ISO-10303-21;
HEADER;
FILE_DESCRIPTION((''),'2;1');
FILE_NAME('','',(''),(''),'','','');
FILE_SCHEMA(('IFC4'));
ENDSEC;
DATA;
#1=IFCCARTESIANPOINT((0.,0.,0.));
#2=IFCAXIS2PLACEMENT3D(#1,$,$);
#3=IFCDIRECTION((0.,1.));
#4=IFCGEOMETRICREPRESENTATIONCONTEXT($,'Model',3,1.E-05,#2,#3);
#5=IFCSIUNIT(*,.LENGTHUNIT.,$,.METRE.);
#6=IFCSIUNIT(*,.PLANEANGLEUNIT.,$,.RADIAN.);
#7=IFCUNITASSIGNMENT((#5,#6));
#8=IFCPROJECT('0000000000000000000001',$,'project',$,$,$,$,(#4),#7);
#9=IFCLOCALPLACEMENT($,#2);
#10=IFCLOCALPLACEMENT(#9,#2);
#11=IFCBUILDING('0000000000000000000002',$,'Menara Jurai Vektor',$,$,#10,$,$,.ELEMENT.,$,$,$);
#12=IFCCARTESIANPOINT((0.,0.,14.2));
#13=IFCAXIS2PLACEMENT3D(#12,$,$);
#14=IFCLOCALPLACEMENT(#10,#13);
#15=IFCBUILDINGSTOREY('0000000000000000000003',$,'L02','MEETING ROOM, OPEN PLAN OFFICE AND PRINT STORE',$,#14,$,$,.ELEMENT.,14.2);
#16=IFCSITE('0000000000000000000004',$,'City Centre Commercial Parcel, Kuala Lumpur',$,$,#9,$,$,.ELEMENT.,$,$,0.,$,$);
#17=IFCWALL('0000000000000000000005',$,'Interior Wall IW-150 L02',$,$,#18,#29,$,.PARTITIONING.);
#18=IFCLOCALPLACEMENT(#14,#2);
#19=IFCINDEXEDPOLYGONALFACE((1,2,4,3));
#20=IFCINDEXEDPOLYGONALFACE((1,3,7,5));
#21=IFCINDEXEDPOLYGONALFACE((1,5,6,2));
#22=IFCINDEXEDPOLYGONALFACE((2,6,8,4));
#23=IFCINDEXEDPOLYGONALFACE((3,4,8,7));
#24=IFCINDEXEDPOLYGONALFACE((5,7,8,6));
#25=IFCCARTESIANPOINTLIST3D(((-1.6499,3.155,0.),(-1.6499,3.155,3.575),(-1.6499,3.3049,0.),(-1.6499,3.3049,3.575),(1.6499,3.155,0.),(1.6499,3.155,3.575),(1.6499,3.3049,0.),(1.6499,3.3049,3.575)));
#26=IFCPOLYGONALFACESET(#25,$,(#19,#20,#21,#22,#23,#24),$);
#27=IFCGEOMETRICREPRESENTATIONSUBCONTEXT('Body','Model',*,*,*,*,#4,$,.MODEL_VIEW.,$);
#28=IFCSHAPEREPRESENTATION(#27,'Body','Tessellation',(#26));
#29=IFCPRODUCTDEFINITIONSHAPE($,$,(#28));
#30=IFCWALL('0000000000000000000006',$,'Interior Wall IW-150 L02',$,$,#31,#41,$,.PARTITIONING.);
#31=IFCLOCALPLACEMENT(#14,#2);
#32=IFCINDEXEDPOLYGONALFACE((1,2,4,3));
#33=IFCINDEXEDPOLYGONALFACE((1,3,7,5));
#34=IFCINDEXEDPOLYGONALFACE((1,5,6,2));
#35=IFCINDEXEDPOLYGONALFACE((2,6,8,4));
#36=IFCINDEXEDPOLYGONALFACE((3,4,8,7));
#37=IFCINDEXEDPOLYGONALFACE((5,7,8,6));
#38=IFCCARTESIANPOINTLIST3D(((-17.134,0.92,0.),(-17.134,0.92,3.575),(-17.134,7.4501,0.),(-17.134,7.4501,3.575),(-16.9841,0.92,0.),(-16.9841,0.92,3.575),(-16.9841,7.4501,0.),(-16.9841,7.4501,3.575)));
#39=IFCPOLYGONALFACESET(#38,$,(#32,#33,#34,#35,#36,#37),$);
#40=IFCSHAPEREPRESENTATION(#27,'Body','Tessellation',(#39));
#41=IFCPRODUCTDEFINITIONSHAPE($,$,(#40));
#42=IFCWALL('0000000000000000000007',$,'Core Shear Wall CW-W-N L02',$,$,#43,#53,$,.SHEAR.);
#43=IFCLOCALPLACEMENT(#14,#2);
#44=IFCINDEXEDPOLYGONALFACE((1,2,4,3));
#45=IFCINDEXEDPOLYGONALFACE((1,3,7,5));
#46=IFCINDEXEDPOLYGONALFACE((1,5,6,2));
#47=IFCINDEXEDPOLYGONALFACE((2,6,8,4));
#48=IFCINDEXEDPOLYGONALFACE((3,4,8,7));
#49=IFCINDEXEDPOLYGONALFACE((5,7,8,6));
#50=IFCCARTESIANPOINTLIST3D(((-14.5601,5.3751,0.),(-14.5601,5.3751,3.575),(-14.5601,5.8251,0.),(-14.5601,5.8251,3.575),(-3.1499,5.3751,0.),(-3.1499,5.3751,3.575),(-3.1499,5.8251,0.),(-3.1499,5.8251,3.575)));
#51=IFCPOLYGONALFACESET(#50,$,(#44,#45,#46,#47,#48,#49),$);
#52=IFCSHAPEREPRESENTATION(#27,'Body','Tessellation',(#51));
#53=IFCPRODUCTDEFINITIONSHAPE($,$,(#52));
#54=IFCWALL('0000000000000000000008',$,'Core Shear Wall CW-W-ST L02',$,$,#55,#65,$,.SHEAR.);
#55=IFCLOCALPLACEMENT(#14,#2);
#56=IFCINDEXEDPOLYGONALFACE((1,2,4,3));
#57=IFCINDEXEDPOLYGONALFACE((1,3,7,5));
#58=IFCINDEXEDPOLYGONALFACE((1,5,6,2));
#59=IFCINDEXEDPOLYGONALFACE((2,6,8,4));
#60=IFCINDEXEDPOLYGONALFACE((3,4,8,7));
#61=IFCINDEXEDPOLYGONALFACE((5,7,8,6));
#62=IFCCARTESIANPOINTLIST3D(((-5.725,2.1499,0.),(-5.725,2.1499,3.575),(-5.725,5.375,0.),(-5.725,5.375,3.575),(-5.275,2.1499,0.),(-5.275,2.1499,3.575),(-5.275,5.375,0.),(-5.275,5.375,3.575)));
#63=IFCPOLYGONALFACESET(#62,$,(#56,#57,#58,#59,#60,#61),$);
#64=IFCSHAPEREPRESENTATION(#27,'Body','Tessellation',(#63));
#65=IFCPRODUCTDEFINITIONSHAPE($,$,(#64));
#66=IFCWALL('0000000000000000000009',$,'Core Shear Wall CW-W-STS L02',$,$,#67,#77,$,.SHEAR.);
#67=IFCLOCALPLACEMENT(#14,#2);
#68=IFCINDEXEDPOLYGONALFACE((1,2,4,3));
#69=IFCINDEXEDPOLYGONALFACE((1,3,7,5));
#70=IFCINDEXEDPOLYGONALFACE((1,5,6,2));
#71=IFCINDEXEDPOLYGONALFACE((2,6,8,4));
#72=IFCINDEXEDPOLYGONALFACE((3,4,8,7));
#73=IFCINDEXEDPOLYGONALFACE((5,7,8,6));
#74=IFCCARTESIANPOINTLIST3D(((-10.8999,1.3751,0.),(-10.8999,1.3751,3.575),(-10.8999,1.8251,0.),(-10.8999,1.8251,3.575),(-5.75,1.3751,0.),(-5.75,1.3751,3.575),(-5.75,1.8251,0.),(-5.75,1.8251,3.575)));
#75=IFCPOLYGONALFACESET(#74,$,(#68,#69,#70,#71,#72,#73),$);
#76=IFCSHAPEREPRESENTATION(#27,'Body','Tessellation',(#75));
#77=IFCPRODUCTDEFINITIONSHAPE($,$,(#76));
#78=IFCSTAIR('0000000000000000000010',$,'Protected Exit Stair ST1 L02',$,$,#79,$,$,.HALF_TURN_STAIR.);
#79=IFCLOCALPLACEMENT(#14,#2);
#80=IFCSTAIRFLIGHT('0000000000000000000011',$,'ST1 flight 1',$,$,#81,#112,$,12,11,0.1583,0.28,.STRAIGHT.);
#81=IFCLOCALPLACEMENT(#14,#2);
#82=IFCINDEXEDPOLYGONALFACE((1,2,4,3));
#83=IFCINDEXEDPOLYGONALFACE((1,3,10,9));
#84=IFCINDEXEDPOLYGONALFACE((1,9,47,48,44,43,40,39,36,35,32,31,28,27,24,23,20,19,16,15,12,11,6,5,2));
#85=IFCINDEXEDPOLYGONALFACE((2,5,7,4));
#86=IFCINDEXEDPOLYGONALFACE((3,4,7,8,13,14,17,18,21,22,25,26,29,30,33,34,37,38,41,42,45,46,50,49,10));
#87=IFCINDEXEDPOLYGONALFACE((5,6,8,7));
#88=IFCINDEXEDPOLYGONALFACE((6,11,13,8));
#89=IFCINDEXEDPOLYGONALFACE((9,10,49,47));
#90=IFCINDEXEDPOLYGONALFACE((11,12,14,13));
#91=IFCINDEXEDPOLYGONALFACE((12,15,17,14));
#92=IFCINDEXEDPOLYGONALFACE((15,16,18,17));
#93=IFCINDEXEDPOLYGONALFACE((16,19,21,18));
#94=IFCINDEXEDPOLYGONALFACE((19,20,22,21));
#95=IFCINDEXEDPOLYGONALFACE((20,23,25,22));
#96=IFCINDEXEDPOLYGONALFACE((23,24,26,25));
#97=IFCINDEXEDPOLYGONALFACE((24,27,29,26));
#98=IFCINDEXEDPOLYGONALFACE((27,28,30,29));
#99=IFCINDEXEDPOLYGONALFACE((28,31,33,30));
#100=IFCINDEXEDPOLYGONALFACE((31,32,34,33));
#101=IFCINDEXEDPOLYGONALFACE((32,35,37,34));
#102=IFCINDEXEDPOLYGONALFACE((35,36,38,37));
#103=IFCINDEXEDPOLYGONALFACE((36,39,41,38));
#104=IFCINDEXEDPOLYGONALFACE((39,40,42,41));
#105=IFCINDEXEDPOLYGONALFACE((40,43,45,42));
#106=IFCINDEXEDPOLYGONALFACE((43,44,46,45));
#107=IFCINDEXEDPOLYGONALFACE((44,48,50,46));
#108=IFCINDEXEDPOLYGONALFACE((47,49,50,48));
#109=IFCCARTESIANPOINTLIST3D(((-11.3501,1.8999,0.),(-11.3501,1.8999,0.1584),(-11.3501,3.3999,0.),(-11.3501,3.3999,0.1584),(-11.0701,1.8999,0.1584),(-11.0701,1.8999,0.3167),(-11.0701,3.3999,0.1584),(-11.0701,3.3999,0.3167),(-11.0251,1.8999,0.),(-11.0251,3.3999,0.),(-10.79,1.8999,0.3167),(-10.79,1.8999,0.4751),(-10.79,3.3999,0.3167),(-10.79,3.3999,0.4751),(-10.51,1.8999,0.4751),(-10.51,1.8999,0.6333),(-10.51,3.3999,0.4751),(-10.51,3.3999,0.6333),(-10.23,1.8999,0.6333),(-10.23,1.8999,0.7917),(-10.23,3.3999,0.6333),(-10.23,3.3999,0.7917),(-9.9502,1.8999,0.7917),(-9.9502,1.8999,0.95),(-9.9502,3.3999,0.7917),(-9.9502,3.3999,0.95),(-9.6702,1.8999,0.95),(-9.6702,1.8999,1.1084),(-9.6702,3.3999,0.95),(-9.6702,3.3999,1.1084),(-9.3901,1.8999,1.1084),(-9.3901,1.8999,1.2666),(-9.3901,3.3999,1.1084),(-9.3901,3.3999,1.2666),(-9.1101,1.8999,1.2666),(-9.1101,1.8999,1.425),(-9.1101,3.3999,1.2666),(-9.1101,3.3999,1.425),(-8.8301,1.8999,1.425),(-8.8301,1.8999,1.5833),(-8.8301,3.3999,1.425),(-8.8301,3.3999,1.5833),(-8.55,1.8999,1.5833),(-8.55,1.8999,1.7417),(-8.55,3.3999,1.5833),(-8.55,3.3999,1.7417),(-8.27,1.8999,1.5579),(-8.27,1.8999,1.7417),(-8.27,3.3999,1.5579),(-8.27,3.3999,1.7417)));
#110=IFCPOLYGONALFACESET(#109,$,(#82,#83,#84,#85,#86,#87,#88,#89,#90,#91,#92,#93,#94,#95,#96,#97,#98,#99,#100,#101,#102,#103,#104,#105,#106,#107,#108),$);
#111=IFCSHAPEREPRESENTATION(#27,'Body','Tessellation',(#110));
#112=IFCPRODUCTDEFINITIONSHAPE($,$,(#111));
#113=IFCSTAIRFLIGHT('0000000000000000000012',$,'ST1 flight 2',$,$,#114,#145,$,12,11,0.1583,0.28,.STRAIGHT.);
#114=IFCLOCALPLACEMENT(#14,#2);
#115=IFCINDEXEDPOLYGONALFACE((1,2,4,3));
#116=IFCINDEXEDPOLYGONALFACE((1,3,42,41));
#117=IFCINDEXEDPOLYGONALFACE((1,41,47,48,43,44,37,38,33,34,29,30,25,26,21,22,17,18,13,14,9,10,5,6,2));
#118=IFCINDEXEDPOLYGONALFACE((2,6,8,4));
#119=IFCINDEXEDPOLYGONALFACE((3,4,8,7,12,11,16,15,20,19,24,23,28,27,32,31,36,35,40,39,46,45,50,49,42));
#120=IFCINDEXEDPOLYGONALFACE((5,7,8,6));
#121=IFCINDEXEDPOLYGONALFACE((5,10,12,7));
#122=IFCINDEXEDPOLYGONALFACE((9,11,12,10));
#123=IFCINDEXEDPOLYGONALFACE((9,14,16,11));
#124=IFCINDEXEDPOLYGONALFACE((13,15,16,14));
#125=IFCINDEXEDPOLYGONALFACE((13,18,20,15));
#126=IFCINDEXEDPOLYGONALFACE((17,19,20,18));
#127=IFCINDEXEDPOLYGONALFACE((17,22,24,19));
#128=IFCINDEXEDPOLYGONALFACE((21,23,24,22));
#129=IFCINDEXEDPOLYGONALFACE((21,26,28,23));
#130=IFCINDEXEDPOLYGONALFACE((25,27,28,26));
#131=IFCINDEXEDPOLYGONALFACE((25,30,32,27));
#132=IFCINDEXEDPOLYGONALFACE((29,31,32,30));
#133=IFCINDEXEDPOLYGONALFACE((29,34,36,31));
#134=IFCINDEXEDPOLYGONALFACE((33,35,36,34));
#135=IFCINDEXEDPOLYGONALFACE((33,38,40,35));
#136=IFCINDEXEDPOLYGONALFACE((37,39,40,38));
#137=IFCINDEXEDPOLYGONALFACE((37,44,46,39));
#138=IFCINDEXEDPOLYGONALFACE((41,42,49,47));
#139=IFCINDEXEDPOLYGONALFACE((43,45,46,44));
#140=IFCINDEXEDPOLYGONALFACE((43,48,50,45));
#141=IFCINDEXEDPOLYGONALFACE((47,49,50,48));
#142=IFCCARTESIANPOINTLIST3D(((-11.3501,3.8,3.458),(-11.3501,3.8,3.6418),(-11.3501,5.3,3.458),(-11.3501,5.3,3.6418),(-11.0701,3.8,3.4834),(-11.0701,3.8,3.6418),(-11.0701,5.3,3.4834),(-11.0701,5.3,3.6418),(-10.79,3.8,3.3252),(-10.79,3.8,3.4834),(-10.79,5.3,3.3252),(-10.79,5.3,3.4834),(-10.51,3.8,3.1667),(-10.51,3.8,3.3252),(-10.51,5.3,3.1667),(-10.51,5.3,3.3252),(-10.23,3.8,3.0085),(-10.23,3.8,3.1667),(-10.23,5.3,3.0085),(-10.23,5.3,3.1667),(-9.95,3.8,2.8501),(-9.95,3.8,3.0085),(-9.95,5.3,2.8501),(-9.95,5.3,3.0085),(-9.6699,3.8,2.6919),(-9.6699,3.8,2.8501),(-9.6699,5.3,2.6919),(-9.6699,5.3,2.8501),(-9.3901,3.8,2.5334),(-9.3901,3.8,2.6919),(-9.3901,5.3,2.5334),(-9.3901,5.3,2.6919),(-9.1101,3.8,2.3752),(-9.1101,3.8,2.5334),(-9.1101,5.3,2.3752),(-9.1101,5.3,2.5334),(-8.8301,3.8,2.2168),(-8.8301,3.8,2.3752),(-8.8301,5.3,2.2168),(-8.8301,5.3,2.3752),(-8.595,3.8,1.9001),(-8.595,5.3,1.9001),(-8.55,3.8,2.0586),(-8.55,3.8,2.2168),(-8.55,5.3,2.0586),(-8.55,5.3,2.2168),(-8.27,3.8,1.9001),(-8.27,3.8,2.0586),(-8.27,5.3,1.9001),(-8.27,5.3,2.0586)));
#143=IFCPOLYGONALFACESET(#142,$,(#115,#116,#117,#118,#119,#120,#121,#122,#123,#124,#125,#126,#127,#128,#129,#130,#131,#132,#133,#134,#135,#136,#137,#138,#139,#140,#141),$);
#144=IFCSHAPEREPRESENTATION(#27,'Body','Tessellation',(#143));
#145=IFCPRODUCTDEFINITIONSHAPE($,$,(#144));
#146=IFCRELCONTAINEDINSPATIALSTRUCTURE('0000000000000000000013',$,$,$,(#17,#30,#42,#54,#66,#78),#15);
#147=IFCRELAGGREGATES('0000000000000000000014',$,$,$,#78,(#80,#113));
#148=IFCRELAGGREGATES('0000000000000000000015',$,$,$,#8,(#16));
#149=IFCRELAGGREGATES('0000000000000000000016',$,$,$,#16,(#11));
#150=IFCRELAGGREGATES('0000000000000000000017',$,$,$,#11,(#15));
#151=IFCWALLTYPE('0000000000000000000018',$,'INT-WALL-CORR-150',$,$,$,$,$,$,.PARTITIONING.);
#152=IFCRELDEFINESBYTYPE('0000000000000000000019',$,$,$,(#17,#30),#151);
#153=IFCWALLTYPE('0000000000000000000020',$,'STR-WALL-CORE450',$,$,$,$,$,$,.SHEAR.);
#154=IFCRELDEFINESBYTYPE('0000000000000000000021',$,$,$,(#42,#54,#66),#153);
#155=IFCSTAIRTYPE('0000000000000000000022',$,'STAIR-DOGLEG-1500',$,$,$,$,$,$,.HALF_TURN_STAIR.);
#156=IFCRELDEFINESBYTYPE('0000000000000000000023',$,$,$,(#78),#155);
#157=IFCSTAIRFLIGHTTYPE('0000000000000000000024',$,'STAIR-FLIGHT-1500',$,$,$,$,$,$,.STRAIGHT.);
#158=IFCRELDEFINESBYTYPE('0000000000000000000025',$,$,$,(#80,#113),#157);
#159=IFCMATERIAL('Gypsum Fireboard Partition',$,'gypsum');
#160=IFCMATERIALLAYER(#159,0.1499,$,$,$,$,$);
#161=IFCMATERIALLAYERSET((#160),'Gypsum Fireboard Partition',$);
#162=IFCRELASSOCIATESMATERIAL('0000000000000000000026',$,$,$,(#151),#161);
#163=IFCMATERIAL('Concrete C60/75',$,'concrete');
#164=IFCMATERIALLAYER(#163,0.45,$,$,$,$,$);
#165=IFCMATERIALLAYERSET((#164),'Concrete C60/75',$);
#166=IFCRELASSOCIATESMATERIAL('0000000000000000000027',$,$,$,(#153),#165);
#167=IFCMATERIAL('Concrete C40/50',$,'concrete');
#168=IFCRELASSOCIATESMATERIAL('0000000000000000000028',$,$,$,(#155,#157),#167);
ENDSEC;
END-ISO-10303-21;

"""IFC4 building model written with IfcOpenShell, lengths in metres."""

from ifc_helpers import new_model, si_unit, direction, frame, frame_2d, origin, place, context, subcontext, project, spatial, polyline, rectangle, outline, extrude, material, layer, layer_set, type_object, element, aggregate, save


model = new_model("IFC4")

# Units and contexts
model_context = context("Model", 3, precision=1e-05, world=origin(), true_north=direction((0.0, 1.0)))
body_context = subcontext(model_context, "Body", "Model", "MODEL_VIEW")
ifc_project = project(units=[si_unit("LENGTHUNIT", "METRE"), si_unit("PLANEANGLEUNIT", "RADIAN")], contexts=[model_context])

# Site, building, storey
site_placement = place(None, origin())
site = spatial("IfcSite", under=ifc_project, at=site_placement, Name="City Centre Commercial Parcel, Kuala Lumpur", CompositionType="ELEMENT", RefElevation=0.0)
building_placement = place(site_placement, origin())
building = spatial("IfcBuilding", under=site, at=building_placement, Name="Menara Jurai Vektor", CompositionType="ELEMENT")
storey_placement = place(building_placement, frame((0.0, 0.0, 14.2)))
storey = spatial("IfcBuildingStorey", under=building, at=storey_placement, Name="L02", Description="MEETING ROOM, OPEN PLAN OFFICE AND PRINT STORE", CompositionType="ELEMENT", Elevation=14.2)

# Shared definitions
ifc_material_1 = material(Name="Concrete C60/75", Category="concrete")

# Shared definitions
ifc_material_2 = material(Name="Concrete C40/50", Category="concrete")

# Walls
ifc_material_3 = material(Name="Gypsum Fireboard Partition", Category="gypsum")
ifc_layer_1 = layer(ifc_material_3, 0.1499)
ifc_layer_set_1 = layer_set([ifc_layer_1], Name="Gypsum Fireboard Partition")
wall_type_1 = type_object("IfcWallType", Name="INT-WALL-CORR-150", PredefinedType="PARTITIONING", material=ifc_layer_set_1)
wall_1_placement = place(storey_placement, frame((-1.6499, 3.23, 0.0), z_axis=(0.0, 0.0, 1.0), x_axis=(1.0, 0.0, 0.0)))
element("IfcWall", 1, at=wall_1_placement, inside=storey, type_object=wall_type_1, Name="Interior Wall IW-150 L02", PredefinedType="PARTITIONING", context=body_context, shape_type="SweptSolid", body=[
    extrude(rectangle(XDim=3.2998, YDim=0.1499, at=frame_2d((1.6499, 0.0))), origin(), (0.0, 0.0, 1.0), 3.575),
])
wall_2_placement = place(storey_placement, frame((-17.0591, 0.9199, 0.0), z_axis=(0.0, 0.0, 1.0), x_axis=(0.0, 1.0, 0.0)))
element("IfcWall", 2, at=wall_2_placement, inside=storey, type_object=wall_type_1, Name="Interior Wall IW-150 L02", PredefinedType="PARTITIONING", context=body_context, shape_type="SweptSolid", body=[
    extrude(rectangle(XDim=6.53, YDim=0.1499, at=frame_2d((3.2651, 0.0))), origin(), (0.0, 0.0, 1.0), 3.575),
])
ifc_layer_2 = layer(ifc_material_1, 0.45)
ifc_layer_set_2 = layer_set([ifc_layer_2], Name="Concrete C60/75")
wall_type_2 = type_object("IfcWallType", Name="STR-WALL-CORE450", PredefinedType="SHEAR", material=ifc_layer_set_2)
wall_3_placement = place(storey_placement, frame((-14.5601, 5.6001, 0.0), z_axis=(0.0, 0.0, 1.0), x_axis=(1.0, 0.0, 0.0)))
element("IfcWall", 3, at=wall_3_placement, inside=storey, type_object=wall_type_2, Name="Core Shear Wall CW-W-N L02", PredefinedType="SHEAR", context=body_context, shape_type="SweptSolid", body=[
    extrude(rectangle(XDim=11.4102, YDim=0.45, at=frame_2d((5.7051, 0.0))), origin(), (0.0, 0.0, 1.0), 3.575),
])
wall_4_placement = place(storey_placement, frame((-5.5, 2.1499, 0.0), z_axis=(0.0, 0.0, 1.0), x_axis=(0.0, 1.0, 0.0)))
element("IfcWall", 4, at=wall_4_placement, inside=storey, type_object=wall_type_2, Name="Core Shear Wall CW-W-ST L02", PredefinedType="SHEAR", context=body_context, shape_type="SweptSolid", body=[
    extrude(rectangle(XDim=3.2251, YDim=0.45, at=frame_2d((1.6125, 0.0))), origin(), (0.0, 0.0, 1.0), 3.575),
])
wall_5_placement = place(storey_placement, frame((-10.8999, 1.6001, 0.0), z_axis=(0.0, 0.0, 1.0), x_axis=(1.0, 0.0, 0.0)))
element("IfcWall", 5, at=wall_5_placement, inside=storey, type_object=wall_type_2, Name="Core Shear Wall CW-W-STS L02", PredefinedType="SHEAR", context=body_context, shape_type="SweptSolid", body=[
    extrude(rectangle(XDim=5.1499, YDim=0.45, at=frame_2d((2.575, 0.0))), origin(), (0.0, 0.0, 1.0), 3.575),
])

# Stair, stair flights
stair_type = type_object("IfcStairType", Name="STAIR-DOGLEG-1500", PredefinedType="HALF_TURN_STAIR", material=ifc_material_2)
stair_placement = place(storey_placement, origin())
stair = element("IfcStair", 6, at=stair_placement, inside=storey, type_object=stair_type, Name="Protected Exit Stair ST1 L02", PredefinedType="HALF_TURN_STAIR")
stair_flight_type = type_object("IfcStairFlightType", Name="STAIR-FLIGHT-1500", PredefinedType="STRAIGHT", material=ifc_material_2)
stair_flight_1_placement = place(storey_placement, frame((-11.3501, 2.6499, 0.0), z_axis=(0.0, 0.0, 1.0), x_axis=(1.0, 0.0, 0.0)))
stair_flight_1 = element("IfcStairFlight", 7, at=stair_flight_1_placement, type_object=stair_flight_type, Name="ST1 flight 1", NumberOfRisers=12, NumberOfTreads=11, PredefinedType="STRAIGHT", RiserHeight=0.1583, TreadLength=0.28, context=body_context, shape_type="SweptSolid", body=[
    extrude(outline(polyline([(0.0, 0.0), (0.0, 0.1584), (0.28, 0.1584), (0.28, 0.3167), (0.5601, 0.3167), (0.5601, 0.4751), (0.8401, 0.4751), (0.8401, 0.6333), (1.1201, 0.6333), (1.1201, 0.7917), (1.3999, 0.7917), (1.3999, 0.95), (1.6799, 0.95), (1.6799, 1.1084), (1.96, 1.1084), (1.96, 1.2666), (2.24, 1.2666), (2.24, 1.425), (2.52, 1.425), (2.52, 1.5833), (2.8, 1.5833), (2.8, 1.7417), (3.0801, 1.7417), (3.0801, 1.8999), (3.0801, 1.5579), (0.325, 0.0), (0.0, 0.0)])), frame((0.0, 0.75, 0.0), z_axis=(0.0, -1.0, 0.0), x_axis=(1.0, 0.0, 0.0)), (0.0, 0.0, 1.0), 1.5),
])
stair_flight_2_placement = place(storey_placement, frame((-8.27, 4.55, 1.9001), z_axis=(0.0, 0.0, 1.0), x_axis=(-1.0, 0.0, 0.0)))
stair_flight_2 = element("IfcStairFlight", 8, at=stair_flight_2_placement, type_object=stair_flight_type, Name="ST1 flight 2", NumberOfRisers=12, NumberOfTreads=11, PredefinedType="STRAIGHT", RiserHeight=0.1583, TreadLength=0.28, context=body_context, shape_type="SweptSolid", body=[
    extrude(outline(polyline([(0.0, 0.0), (0.0, 0.1584), (0.28, 0.1584), (0.28, 0.3167), (0.5601, 0.3167), (0.5601, 0.4751), (0.8401, 0.4751), (0.8401, 0.6333), (1.1201, 0.6333), (1.1201, 0.7917), (1.3999, 0.7917), (1.3999, 0.95), (1.6799, 0.95), (1.6799, 1.1084), (1.96, 1.1084), (1.96, 1.2666), (2.24, 1.2666), (2.24, 1.425), (2.52, 1.425), (2.52, 1.5833), (2.8, 1.5833), (2.8, 1.7417), (3.0801, 1.7417), (3.0801, 1.8999), (3.0801, 1.5579), (0.325, 0.0), (0.0, 0.0)])), frame((0.0, 0.75, 0.0), z_axis=(0.0, -1.0, 0.0), x_axis=(1.0, 0.0, 0.0)), (0.0, 0.0, 1.0), 1.5),
])
aggregate(stair, [stair_flight_1, stair_flight_2])

save(model, "model.ifc")
